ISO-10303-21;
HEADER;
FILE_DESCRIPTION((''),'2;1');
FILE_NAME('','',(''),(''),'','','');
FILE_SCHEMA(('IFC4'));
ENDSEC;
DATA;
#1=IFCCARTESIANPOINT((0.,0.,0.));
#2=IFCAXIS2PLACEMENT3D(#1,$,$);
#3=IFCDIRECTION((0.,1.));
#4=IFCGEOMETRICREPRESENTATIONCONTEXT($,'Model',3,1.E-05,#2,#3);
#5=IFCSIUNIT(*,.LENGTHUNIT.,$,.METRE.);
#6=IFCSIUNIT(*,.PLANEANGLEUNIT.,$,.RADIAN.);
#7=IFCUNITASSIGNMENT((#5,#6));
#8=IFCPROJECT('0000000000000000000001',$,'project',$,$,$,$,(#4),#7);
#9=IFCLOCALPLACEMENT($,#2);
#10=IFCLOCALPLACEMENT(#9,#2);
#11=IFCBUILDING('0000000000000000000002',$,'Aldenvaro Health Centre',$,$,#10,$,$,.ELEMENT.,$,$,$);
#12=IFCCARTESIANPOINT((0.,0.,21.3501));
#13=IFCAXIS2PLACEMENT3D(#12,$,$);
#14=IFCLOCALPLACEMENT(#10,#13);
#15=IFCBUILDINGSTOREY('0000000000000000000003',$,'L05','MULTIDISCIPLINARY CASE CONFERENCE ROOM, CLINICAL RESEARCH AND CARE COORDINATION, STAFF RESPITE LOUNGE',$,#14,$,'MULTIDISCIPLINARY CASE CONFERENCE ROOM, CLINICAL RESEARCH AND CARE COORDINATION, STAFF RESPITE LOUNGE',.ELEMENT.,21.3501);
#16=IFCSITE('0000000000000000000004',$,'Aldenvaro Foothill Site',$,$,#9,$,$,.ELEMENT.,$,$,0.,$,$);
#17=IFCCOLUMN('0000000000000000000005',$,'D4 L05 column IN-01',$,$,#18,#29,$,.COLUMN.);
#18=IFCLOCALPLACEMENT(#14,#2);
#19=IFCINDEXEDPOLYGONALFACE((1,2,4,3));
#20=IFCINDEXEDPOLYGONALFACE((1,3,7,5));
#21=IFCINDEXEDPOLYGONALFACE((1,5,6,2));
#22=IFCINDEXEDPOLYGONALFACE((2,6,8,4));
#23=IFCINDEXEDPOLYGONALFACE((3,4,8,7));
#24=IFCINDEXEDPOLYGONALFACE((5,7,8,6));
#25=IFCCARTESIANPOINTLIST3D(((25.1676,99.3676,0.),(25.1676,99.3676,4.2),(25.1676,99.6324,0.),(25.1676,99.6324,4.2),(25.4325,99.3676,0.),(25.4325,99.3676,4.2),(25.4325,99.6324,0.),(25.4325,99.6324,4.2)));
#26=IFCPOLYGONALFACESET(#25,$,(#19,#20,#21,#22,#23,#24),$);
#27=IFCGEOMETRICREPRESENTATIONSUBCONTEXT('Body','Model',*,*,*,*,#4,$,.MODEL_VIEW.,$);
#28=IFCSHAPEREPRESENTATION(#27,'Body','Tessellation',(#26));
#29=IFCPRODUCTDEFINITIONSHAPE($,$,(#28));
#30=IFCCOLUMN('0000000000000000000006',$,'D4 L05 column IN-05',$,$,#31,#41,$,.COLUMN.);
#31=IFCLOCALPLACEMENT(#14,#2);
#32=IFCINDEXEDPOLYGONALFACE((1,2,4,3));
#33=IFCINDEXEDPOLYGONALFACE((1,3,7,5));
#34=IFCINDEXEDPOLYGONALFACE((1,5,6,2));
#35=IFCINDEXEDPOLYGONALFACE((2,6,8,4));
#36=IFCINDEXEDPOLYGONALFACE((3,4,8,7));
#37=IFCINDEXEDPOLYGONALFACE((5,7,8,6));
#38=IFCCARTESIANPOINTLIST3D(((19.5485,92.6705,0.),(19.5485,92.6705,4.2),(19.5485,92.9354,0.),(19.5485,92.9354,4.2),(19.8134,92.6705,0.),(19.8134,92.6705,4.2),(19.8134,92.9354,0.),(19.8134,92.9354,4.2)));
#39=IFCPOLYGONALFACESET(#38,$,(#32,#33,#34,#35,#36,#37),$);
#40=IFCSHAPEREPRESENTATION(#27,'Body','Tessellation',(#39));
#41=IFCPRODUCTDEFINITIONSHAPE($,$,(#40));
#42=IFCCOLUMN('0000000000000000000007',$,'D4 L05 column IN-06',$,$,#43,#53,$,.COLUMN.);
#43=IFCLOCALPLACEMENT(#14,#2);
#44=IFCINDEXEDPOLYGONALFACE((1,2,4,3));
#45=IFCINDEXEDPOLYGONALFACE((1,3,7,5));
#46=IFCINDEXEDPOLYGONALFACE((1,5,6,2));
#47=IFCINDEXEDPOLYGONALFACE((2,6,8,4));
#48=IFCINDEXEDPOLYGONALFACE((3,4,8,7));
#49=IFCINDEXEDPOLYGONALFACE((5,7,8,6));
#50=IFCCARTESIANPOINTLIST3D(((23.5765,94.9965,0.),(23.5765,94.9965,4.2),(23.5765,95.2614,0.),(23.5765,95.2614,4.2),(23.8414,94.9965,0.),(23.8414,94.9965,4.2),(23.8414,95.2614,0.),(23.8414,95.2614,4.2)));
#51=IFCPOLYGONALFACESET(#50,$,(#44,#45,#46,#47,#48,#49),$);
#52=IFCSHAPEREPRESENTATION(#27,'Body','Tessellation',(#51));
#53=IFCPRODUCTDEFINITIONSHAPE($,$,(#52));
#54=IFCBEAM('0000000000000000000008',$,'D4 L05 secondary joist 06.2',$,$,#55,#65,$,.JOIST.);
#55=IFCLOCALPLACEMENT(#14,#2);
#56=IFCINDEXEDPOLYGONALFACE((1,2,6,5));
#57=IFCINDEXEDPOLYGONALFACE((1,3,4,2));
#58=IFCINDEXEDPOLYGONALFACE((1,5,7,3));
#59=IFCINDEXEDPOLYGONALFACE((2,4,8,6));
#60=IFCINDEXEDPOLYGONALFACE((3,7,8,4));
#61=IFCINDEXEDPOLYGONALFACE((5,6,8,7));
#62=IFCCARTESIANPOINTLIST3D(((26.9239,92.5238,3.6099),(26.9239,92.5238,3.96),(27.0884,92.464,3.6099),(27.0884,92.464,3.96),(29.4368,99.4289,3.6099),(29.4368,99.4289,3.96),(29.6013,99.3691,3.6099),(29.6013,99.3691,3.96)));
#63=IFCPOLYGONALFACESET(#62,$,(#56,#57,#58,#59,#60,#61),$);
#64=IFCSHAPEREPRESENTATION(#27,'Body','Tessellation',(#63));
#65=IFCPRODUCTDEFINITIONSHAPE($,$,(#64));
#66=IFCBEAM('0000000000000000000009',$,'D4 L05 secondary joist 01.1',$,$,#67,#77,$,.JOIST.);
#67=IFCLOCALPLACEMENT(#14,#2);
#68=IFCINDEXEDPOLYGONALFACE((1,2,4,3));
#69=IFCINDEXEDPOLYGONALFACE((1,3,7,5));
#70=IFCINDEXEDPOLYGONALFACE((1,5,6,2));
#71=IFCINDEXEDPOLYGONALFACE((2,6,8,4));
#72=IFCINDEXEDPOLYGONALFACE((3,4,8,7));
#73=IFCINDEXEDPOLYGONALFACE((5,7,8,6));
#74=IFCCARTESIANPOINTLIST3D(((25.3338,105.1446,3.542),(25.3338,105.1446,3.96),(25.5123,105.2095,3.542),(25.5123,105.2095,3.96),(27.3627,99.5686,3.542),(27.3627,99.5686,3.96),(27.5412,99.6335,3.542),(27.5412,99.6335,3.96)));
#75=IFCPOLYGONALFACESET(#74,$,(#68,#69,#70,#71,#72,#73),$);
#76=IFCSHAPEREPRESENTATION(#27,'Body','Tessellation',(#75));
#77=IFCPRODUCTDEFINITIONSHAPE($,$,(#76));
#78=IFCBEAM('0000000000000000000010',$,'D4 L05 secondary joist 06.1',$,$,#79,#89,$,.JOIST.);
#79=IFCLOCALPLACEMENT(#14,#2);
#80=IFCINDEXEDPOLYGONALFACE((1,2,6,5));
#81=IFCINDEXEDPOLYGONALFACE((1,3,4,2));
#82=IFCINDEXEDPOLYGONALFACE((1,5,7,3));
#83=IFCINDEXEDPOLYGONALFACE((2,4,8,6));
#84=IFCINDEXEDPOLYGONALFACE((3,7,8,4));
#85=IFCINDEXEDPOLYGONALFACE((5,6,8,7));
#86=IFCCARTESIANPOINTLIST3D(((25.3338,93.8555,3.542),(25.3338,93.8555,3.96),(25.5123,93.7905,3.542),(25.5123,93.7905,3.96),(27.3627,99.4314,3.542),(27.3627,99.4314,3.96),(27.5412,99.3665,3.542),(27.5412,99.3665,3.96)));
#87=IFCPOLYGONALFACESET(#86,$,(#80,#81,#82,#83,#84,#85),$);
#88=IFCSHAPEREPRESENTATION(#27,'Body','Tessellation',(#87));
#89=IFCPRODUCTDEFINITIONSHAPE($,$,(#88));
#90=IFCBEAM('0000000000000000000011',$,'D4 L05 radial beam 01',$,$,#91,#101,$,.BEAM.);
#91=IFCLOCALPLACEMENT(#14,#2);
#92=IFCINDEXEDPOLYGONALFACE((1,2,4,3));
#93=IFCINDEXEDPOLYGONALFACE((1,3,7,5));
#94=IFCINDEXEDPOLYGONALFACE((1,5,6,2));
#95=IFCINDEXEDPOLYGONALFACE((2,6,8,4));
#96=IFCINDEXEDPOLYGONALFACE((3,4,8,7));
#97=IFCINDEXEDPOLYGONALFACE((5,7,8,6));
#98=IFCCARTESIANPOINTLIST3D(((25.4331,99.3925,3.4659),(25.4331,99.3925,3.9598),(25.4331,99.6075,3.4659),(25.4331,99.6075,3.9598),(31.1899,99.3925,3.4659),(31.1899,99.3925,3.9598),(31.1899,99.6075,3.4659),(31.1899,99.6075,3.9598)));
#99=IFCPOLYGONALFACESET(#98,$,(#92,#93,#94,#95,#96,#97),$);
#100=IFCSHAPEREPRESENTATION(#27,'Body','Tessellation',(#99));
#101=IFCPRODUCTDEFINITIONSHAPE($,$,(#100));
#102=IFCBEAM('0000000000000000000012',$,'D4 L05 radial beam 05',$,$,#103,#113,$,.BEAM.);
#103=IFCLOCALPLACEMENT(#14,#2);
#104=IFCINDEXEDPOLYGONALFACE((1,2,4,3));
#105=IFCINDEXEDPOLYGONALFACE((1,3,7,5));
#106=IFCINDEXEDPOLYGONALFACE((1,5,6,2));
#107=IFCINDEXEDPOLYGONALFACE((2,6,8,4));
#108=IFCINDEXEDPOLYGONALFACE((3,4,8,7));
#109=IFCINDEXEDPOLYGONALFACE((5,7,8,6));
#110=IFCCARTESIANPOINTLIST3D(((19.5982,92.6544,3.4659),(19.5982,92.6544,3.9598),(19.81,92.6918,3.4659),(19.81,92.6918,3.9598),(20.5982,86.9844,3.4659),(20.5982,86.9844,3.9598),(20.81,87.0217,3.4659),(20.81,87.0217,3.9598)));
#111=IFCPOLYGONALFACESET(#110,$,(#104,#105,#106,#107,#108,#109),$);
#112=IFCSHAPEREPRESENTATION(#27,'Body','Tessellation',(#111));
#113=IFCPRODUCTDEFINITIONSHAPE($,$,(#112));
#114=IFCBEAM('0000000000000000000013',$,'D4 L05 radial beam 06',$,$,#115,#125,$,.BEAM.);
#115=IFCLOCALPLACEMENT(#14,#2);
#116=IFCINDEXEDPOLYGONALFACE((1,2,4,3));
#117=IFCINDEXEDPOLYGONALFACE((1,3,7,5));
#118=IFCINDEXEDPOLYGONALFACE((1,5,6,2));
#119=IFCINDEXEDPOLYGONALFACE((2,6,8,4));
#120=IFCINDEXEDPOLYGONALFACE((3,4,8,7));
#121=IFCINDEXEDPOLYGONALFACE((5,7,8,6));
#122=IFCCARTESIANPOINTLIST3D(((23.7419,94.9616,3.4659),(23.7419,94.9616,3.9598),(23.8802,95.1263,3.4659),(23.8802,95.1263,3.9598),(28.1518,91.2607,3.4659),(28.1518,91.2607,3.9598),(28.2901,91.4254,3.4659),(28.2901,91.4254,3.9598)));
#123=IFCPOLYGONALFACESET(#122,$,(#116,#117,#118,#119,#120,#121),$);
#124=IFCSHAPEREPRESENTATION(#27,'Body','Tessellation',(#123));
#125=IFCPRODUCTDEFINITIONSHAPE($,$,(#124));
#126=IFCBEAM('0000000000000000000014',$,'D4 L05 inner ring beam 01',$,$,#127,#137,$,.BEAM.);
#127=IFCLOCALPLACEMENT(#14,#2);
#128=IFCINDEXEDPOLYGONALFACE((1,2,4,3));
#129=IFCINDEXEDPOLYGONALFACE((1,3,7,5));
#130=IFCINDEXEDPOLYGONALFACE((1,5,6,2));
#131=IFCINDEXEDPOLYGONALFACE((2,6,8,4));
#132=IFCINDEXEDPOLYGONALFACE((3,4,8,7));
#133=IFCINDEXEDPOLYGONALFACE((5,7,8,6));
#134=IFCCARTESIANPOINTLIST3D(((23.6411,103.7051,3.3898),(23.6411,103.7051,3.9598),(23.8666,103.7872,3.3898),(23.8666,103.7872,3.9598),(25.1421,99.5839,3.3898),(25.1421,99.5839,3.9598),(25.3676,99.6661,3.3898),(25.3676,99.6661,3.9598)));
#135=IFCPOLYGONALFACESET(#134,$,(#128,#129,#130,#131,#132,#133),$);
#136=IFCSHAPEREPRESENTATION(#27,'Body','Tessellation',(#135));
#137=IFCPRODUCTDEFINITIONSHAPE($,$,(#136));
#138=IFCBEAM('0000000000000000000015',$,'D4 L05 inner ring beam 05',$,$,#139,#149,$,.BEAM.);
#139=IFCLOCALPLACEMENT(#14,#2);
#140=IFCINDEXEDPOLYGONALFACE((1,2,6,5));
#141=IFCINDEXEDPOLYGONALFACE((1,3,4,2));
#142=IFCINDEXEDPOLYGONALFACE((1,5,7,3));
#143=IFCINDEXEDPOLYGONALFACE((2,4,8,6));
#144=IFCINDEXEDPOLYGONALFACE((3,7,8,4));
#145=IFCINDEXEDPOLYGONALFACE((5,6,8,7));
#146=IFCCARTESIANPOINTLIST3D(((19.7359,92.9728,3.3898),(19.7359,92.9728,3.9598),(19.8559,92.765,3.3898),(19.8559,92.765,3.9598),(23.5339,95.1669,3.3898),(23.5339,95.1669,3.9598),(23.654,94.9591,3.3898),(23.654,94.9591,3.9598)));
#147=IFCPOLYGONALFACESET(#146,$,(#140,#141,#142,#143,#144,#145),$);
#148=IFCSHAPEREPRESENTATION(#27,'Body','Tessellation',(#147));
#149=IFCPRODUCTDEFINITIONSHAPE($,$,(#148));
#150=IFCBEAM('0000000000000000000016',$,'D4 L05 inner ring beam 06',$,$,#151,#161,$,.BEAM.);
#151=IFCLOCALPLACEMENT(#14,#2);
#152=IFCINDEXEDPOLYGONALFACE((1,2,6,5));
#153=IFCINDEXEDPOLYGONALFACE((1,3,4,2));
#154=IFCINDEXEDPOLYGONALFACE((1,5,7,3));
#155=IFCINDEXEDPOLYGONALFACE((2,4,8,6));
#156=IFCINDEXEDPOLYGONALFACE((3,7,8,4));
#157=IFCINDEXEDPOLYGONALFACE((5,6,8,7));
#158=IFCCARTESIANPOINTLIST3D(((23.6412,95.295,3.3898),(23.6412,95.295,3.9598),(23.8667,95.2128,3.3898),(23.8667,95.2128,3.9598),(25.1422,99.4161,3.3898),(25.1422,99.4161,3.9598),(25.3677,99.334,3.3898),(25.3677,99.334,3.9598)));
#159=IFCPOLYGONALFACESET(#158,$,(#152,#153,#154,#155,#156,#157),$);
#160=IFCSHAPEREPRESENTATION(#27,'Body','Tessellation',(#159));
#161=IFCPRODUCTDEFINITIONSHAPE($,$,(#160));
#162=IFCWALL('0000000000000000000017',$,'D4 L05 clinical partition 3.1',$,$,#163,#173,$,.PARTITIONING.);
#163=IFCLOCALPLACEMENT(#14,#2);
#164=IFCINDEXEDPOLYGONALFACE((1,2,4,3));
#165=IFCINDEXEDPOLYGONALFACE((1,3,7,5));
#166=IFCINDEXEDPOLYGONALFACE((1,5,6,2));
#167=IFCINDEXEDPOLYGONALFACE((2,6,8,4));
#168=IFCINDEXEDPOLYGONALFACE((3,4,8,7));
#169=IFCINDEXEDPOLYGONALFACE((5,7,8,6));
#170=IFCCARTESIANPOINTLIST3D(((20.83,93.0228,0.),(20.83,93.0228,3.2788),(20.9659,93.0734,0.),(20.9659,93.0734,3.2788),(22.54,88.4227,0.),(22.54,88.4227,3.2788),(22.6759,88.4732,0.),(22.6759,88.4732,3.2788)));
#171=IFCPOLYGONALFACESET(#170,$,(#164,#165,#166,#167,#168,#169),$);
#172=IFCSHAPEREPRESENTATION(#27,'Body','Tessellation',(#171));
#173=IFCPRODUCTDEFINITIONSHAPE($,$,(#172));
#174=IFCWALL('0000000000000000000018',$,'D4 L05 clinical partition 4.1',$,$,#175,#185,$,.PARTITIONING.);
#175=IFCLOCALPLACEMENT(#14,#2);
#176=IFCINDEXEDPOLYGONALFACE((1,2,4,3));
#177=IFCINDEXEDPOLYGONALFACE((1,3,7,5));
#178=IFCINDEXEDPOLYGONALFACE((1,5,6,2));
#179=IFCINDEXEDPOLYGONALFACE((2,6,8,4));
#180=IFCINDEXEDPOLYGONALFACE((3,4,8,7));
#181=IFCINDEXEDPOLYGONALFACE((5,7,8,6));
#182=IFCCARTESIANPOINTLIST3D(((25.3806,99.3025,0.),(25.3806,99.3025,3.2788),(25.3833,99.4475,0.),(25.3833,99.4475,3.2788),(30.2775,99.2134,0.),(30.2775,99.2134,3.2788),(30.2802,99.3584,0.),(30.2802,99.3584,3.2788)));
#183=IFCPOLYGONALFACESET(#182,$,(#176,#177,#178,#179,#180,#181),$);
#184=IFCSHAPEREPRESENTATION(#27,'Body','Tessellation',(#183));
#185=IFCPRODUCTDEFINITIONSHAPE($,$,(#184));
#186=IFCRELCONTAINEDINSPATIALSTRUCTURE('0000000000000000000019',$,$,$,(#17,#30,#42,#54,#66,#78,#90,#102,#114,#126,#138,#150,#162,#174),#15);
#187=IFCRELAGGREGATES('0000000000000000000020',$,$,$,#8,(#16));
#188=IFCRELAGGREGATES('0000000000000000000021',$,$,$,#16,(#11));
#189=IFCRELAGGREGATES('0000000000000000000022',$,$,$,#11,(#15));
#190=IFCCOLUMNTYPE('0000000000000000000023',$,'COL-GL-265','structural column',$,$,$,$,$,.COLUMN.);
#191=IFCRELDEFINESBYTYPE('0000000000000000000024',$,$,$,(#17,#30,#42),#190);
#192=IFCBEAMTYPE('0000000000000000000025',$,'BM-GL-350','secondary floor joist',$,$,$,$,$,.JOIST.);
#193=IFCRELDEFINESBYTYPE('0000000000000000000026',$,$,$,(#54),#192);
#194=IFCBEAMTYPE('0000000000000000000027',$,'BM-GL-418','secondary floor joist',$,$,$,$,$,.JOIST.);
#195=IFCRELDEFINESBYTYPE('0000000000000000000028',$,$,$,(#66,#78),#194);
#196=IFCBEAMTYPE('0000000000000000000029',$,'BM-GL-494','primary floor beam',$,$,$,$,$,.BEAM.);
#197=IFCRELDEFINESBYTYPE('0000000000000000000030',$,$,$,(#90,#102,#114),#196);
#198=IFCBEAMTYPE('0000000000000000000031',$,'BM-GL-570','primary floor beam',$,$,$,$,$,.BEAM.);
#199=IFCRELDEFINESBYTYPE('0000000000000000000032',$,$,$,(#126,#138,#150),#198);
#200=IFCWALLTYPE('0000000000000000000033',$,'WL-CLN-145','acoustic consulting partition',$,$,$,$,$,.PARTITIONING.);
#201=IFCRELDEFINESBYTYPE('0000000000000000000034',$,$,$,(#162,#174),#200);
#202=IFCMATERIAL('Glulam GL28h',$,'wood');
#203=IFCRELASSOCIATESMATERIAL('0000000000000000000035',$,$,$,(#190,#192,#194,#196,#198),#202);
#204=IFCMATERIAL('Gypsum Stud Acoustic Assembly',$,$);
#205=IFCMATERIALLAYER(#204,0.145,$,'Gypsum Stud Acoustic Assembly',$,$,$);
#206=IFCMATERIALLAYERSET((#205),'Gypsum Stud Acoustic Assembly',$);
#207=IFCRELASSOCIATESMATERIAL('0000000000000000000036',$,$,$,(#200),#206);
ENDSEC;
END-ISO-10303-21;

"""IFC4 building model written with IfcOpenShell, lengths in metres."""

from ifc_helpers import new_model, si_unit, direction, frame, frame_2d, origin, origin_2d, place, context, subcontext, project, spatial, rectangle, extrude, material, layer, layer_set, material_profile, profile_set, type_object, element, save


model = new_model("IFC4")

# Units and contexts
model_context = context("Model", 3, precision=1e-05, world=origin(), true_north=direction((0.0, 1.0)))
body_context = subcontext(model_context, "Body", "Model", "MODEL_VIEW")
ifc_project = project(units=[si_unit("LENGTHUNIT", "METRE"), si_unit("PLANEANGLEUNIT", "RADIAN")], contexts=[model_context])

# Site, building, storey
site_placement = place(None, origin())
site = spatial("IfcSite", under=ifc_project, at=site_placement, Name="Aldenvaro Foothill Site", CompositionType="ELEMENT", RefElevation=0.0)
building_placement = place(site_placement, origin())
building = spatial("IfcBuilding", under=site, at=building_placement, Name="Aldenvaro Health Centre", CompositionType="ELEMENT")
storey_placement = place(building_placement, frame((0.0, 0.0, 21.3501)))
storey = spatial("IfcBuildingStorey", under=building, at=storey_placement, Name="L05", Description="MULTIDISCIPLINARY CASE CONFERENCE ROOM, CLINICAL RESEARCH AND CARE COORDINATION, STAFF RESPITE LOUNGE", LongName="MULTIDISCIPLINARY CASE CONFERENCE ROOM, CLINICAL RESEARCH AND CARE COORDINATION, STAFF RESPITE LOUNGE", CompositionType="ELEMENT", Elevation=21.3501)

# Columns
ifc_material_1 = material(Name="Glulam GL28h", Category="wood")
ifc_material_profile_1 = material_profile(ifc_material_1, rectangle(XDim=0.2649, YDim=0.2649, at=origin_2d()), Name="GL 265x265", Category="wood")
ifc_profile_set_1 = profile_set([ifc_material_profile_1], Name="Glulam GL28h")
column_type = type_object("IfcColumnType", Name="COL-GL-265", Description="structural column", PredefinedType="COLUMN", material=ifc_profile_set_1)
for number, where, z_axis, x_axis, name in (
    (1, (25.3, 99.5, 0.0), (0.0, 0.0, 1.0), (1.0, 0.0, 0.0), "D4 L05 column IN-01"),
    (2, (19.6809, 92.803, 0.0), (0.0, 0.0, 1.0), (1.0, 0.0, 0.0), "D4 L05 column IN-05"),
    (3, (23.709, 95.1289, 0.0), (0.0, 0.0, 1.0), (1.0, 0.0, 0.0), "D4 L05 column IN-06"),
):
    element("IfcColumn", number, at=place(storey_placement, frame(where, z_axis=z_axis, x_axis=x_axis)), inside=storey, type_object=column_type, Name=name, PredefinedType="COLUMN", context=body_context, shape_type="SweptSolid", body=[
        extrude(rectangle(XDim=0.2649, YDim=0.2649, at=origin_2d()), origin(), (0.0, 0.0, 1.0), 4.2),
    ])

# Beams
ifc_material_profile_2 = material_profile(ifc_material_1, rectangle(XDim=0.175, YDim=0.3501, at=origin_2d()), Name="GL 175x350", Category="wood")
ifc_profile_set_2 = profile_set([ifc_material_profile_2], Name="Glulam GL28h")
beam_type_1 = type_object("IfcBeamType", Name="BM-GL-350", Description="secondary floor joist", PredefinedType="JOIST", material=ifc_profile_set_2)
beam_1_placement = place(storey_placement, frame((27.0061, 92.4939, 3.7849), z_axis=(0.341986, 0.939705, 0.0), x_axis=(-0.939705, 0.341986, 0.0)))
element("IfcBeam", 4, at=beam_1_placement, inside=storey, type_object=beam_type_1, Name="D4 L05 secondary joist 06.2", PredefinedType="JOIST", context=body_context, shape_type="SweptSolid", body=[
    extrude(rectangle(XDim=0.175, YDim=0.3501, at=origin_2d()), origin(), (0.0, 0.0, 1.0), 7.3481),
])
ifc_material_profile_3 = material_profile(ifc_material_1, rectangle(XDim=0.1899, YDim=0.418, at=origin_2d()), Name="GL 190x418", Category="wood")
ifc_profile_set_3 = profile_set([ifc_material_profile_3], Name="Glulam GL28h")
beam_type_2 = type_object("IfcBeamType", Name="BM-GL-418", Description="secondary floor joist", PredefinedType="JOIST", material=ifc_profile_set_3)
for number, where, z_axis, x_axis, name in (
    (5, (27.4519, 99.6011, 3.751), (-0.341921, 0.939729, 0.0), (-0.939729, -0.341921, 0.0), "D4 L05 secondary joist 01.1"),
    (6, (25.4231, 93.823, 3.751), (0.341921, 0.939729, 0.0), (-0.939729, 0.341921, 0.0), "D4 L05 secondary joist 06.1"),
):
    element("IfcBeam", number, at=place(storey_placement, frame(where, z_axis=z_axis, x_axis=x_axis)), inside=storey, type_object=beam_type_2, Name=name, PredefinedType="JOIST", context=body_context, shape_type="SweptSolid", body=[
        extrude(rectangle(XDim=0.1899, YDim=0.418, at=origin_2d()), origin(), (0.0, 0.0, 1.0), 5.9336),
    ])
ifc_material_profile_4 = material_profile(ifc_material_1, rectangle(XDim=0.2151, YDim=0.4939, at=origin_2d()), Name="GL 215x494", Category="wood")
ifc_profile_set_4 = profile_set([ifc_material_profile_4], Name="Glulam GL28h")
beam_type_3 = type_object("IfcBeamType", Name="BM-GL-494", Description="primary floor beam", PredefinedType="BEAM", material=ifc_profile_set_4)
beam_2_placement = place(storey_placement, frame((25.4331, 99.5, 3.7129), z_axis=(1.0, 0.0, 0.0), x_axis=(0.0, 1.0, 0.0)))
element("IfcBeam", 7, at=beam_2_placement, inside=storey, type_object=beam_type_3, Name="D4 L05 radial beam 01", PredefinedType="BEAM", context=body_context, shape_type="SweptSolid", body=[
    extrude(rectangle(XDim=0.2151, YDim=0.4939, at=origin_2d()), origin(), (0.0, 0.0, 1.0), 5.7568),
])
beam_3_placement = place(storey_placement, frame((19.7041, 92.6731, 3.7129), z_axis=(0.173681, -0.984802, 0.0), x_axis=(0.984802, 0.173681, 0.0)))
element("IfcBeam", 8, at=beam_3_placement, inside=storey, type_object=beam_type_3, Name="D4 L05 radial beam 05", PredefinedType="BEAM", context=body_context, shape_type="SweptSolid", body=[
    extrude(rectangle(XDim=0.2151, YDim=0.4939, at=origin_2d()), origin(), (0.0, 0.0, 1.0), 5.7576),
])
beam_4_placement = place(storey_placement, frame((23.811, 95.0439, 3.7129), z_axis=(0.765996, -0.642846, 0.0), x_axis=(0.642846, 0.765996, 0.0)))
element("IfcBeam", 9, at=beam_4_placement, inside=storey, type_object=beam_type_3, Name="D4 L05 radial beam 06", PredefinedType="BEAM", context=body_context, shape_type="SweptSolid", body=[
    extrude(rectangle(XDim=0.2151, YDim=0.4939, at=origin_2d()), origin(), (0.0, 0.0, 1.0), 5.7571),
])
ifc_material_profile_5 = material_profile(ifc_material_1, rectangle(XDim=0.24, YDim=0.5701, at=origin_2d()), Name="GL 240x570", Category="wood")
ifc_profile_set_5 = profile_set([ifc_material_profile_5], Name="Glulam GL28h")
beam_type_4 = type_object("IfcBeamType", Name="BM-GL-570", Description="primary floor beam", PredefinedType="BEAM", material=ifc_profile_set_5)
beam_5_placement = place(storey_placement, frame((25.2549, 99.625, 3.6748), z_axis=(-0.342226, 0.939618, 0.0), x_axis=(-0.939618, -0.342226, 0.0)))
element("IfcBeam", 10, at=beam_5_placement, inside=storey, type_object=beam_type_4, Name="D4 L05 inner ring beam 01", PredefinedType="BEAM", context=body_context, shape_type="SweptSolid", body=[
    extrude(rectangle(XDim=0.24, YDim=0.5701, at=origin_2d()), origin(), (0.0, 0.0, 1.0), 4.386),
])
beam_6_placement = place(storey_placement, frame((19.7959, 92.8689, 3.6748), z_axis=(0.865901, 0.500215, 0.0), x_axis=(-0.500215, 0.865901, 0.0)))
element("IfcBeam", 11, at=beam_6_placement, inside=storey, type_object=beam_type_4, Name="D4 L05 inner ring beam 05", PredefinedType="BEAM", context=body_context, shape_type="SweptSolid", body=[
    extrude(rectangle(XDim=0.24, YDim=0.5701, at=origin_2d()), origin(), (0.0, 0.0, 1.0), 4.3862),
])
beam_7_placement = place(storey_placement, frame((23.7539, 95.2539, 3.6748), z_axis=(0.342226, 0.939618, 0.0), x_axis=(-0.939618, 0.342226, 0.0)))
element("IfcBeam", 12, at=beam_7_placement, inside=storey, type_object=beam_type_4, Name="D4 L05 inner ring beam 06", PredefinedType="BEAM", context=body_context, shape_type="SweptSolid", body=[
    extrude(rectangle(XDim=0.24, YDim=0.5701, at=origin_2d()), origin(), (0.0, 0.0, 1.0), 4.386),
])

# Walls
ifc_material_2 = material(Name="Gypsum Stud Acoustic Assembly")
ifc_layer_1 = layer(ifc_material_2, 0.145, Name="Gypsum Stud Acoustic Assembly")
ifc_layer_set_1 = layer_set([ifc_layer_1], Name="Gypsum Stud Acoustic Assembly")
wall_type_1 = type_object("IfcWallType", Name="WL-CLN-145", Description="acoustic consulting partition", PredefinedType="PARTITIONING", material=ifc_layer_set_1)
wall_1_placement = place(storey_placement, frame((20.8979, 93.0481, 0.0), z_axis=(0.0, 0.0, 1.0), x_axis=(0.348429, -0.937335, 0.0)))
element("IfcWall", 13, at=wall_1_placement, inside=storey, type_object=wall_type_1, Name="D4 L05 clinical partition 3.1", PredefinedType="PARTITIONING", context=body_context, shape_type="SweptSolid", body=[
    extrude(rectangle(XDim=4.9077, YDim=0.145, at=frame_2d((2.4539, 0.0))), origin(), (0.0, 0.0, 1.0), 3.2788),
])
wall_2_placement = place(storey_placement, frame((25.3821, 99.375, 0.0), z_axis=(0.0, 0.0, 1.0), x_axis=(0.999834, -0.018194, 0.0)))
element("IfcWall", 14, at=wall_2_placement, inside=storey, type_object=wall_type_1, Name="D4 L05 clinical partition 4.1", PredefinedType="PARTITIONING", context=body_context, shape_type="SweptSolid", body=[
    extrude(rectangle(XDim=4.8977, YDim=0.145, at=frame_2d((2.4487, 0.0))), origin(), (0.0, 0.0, 1.0), 3.2788),
])

save(model, "model.ifc")
